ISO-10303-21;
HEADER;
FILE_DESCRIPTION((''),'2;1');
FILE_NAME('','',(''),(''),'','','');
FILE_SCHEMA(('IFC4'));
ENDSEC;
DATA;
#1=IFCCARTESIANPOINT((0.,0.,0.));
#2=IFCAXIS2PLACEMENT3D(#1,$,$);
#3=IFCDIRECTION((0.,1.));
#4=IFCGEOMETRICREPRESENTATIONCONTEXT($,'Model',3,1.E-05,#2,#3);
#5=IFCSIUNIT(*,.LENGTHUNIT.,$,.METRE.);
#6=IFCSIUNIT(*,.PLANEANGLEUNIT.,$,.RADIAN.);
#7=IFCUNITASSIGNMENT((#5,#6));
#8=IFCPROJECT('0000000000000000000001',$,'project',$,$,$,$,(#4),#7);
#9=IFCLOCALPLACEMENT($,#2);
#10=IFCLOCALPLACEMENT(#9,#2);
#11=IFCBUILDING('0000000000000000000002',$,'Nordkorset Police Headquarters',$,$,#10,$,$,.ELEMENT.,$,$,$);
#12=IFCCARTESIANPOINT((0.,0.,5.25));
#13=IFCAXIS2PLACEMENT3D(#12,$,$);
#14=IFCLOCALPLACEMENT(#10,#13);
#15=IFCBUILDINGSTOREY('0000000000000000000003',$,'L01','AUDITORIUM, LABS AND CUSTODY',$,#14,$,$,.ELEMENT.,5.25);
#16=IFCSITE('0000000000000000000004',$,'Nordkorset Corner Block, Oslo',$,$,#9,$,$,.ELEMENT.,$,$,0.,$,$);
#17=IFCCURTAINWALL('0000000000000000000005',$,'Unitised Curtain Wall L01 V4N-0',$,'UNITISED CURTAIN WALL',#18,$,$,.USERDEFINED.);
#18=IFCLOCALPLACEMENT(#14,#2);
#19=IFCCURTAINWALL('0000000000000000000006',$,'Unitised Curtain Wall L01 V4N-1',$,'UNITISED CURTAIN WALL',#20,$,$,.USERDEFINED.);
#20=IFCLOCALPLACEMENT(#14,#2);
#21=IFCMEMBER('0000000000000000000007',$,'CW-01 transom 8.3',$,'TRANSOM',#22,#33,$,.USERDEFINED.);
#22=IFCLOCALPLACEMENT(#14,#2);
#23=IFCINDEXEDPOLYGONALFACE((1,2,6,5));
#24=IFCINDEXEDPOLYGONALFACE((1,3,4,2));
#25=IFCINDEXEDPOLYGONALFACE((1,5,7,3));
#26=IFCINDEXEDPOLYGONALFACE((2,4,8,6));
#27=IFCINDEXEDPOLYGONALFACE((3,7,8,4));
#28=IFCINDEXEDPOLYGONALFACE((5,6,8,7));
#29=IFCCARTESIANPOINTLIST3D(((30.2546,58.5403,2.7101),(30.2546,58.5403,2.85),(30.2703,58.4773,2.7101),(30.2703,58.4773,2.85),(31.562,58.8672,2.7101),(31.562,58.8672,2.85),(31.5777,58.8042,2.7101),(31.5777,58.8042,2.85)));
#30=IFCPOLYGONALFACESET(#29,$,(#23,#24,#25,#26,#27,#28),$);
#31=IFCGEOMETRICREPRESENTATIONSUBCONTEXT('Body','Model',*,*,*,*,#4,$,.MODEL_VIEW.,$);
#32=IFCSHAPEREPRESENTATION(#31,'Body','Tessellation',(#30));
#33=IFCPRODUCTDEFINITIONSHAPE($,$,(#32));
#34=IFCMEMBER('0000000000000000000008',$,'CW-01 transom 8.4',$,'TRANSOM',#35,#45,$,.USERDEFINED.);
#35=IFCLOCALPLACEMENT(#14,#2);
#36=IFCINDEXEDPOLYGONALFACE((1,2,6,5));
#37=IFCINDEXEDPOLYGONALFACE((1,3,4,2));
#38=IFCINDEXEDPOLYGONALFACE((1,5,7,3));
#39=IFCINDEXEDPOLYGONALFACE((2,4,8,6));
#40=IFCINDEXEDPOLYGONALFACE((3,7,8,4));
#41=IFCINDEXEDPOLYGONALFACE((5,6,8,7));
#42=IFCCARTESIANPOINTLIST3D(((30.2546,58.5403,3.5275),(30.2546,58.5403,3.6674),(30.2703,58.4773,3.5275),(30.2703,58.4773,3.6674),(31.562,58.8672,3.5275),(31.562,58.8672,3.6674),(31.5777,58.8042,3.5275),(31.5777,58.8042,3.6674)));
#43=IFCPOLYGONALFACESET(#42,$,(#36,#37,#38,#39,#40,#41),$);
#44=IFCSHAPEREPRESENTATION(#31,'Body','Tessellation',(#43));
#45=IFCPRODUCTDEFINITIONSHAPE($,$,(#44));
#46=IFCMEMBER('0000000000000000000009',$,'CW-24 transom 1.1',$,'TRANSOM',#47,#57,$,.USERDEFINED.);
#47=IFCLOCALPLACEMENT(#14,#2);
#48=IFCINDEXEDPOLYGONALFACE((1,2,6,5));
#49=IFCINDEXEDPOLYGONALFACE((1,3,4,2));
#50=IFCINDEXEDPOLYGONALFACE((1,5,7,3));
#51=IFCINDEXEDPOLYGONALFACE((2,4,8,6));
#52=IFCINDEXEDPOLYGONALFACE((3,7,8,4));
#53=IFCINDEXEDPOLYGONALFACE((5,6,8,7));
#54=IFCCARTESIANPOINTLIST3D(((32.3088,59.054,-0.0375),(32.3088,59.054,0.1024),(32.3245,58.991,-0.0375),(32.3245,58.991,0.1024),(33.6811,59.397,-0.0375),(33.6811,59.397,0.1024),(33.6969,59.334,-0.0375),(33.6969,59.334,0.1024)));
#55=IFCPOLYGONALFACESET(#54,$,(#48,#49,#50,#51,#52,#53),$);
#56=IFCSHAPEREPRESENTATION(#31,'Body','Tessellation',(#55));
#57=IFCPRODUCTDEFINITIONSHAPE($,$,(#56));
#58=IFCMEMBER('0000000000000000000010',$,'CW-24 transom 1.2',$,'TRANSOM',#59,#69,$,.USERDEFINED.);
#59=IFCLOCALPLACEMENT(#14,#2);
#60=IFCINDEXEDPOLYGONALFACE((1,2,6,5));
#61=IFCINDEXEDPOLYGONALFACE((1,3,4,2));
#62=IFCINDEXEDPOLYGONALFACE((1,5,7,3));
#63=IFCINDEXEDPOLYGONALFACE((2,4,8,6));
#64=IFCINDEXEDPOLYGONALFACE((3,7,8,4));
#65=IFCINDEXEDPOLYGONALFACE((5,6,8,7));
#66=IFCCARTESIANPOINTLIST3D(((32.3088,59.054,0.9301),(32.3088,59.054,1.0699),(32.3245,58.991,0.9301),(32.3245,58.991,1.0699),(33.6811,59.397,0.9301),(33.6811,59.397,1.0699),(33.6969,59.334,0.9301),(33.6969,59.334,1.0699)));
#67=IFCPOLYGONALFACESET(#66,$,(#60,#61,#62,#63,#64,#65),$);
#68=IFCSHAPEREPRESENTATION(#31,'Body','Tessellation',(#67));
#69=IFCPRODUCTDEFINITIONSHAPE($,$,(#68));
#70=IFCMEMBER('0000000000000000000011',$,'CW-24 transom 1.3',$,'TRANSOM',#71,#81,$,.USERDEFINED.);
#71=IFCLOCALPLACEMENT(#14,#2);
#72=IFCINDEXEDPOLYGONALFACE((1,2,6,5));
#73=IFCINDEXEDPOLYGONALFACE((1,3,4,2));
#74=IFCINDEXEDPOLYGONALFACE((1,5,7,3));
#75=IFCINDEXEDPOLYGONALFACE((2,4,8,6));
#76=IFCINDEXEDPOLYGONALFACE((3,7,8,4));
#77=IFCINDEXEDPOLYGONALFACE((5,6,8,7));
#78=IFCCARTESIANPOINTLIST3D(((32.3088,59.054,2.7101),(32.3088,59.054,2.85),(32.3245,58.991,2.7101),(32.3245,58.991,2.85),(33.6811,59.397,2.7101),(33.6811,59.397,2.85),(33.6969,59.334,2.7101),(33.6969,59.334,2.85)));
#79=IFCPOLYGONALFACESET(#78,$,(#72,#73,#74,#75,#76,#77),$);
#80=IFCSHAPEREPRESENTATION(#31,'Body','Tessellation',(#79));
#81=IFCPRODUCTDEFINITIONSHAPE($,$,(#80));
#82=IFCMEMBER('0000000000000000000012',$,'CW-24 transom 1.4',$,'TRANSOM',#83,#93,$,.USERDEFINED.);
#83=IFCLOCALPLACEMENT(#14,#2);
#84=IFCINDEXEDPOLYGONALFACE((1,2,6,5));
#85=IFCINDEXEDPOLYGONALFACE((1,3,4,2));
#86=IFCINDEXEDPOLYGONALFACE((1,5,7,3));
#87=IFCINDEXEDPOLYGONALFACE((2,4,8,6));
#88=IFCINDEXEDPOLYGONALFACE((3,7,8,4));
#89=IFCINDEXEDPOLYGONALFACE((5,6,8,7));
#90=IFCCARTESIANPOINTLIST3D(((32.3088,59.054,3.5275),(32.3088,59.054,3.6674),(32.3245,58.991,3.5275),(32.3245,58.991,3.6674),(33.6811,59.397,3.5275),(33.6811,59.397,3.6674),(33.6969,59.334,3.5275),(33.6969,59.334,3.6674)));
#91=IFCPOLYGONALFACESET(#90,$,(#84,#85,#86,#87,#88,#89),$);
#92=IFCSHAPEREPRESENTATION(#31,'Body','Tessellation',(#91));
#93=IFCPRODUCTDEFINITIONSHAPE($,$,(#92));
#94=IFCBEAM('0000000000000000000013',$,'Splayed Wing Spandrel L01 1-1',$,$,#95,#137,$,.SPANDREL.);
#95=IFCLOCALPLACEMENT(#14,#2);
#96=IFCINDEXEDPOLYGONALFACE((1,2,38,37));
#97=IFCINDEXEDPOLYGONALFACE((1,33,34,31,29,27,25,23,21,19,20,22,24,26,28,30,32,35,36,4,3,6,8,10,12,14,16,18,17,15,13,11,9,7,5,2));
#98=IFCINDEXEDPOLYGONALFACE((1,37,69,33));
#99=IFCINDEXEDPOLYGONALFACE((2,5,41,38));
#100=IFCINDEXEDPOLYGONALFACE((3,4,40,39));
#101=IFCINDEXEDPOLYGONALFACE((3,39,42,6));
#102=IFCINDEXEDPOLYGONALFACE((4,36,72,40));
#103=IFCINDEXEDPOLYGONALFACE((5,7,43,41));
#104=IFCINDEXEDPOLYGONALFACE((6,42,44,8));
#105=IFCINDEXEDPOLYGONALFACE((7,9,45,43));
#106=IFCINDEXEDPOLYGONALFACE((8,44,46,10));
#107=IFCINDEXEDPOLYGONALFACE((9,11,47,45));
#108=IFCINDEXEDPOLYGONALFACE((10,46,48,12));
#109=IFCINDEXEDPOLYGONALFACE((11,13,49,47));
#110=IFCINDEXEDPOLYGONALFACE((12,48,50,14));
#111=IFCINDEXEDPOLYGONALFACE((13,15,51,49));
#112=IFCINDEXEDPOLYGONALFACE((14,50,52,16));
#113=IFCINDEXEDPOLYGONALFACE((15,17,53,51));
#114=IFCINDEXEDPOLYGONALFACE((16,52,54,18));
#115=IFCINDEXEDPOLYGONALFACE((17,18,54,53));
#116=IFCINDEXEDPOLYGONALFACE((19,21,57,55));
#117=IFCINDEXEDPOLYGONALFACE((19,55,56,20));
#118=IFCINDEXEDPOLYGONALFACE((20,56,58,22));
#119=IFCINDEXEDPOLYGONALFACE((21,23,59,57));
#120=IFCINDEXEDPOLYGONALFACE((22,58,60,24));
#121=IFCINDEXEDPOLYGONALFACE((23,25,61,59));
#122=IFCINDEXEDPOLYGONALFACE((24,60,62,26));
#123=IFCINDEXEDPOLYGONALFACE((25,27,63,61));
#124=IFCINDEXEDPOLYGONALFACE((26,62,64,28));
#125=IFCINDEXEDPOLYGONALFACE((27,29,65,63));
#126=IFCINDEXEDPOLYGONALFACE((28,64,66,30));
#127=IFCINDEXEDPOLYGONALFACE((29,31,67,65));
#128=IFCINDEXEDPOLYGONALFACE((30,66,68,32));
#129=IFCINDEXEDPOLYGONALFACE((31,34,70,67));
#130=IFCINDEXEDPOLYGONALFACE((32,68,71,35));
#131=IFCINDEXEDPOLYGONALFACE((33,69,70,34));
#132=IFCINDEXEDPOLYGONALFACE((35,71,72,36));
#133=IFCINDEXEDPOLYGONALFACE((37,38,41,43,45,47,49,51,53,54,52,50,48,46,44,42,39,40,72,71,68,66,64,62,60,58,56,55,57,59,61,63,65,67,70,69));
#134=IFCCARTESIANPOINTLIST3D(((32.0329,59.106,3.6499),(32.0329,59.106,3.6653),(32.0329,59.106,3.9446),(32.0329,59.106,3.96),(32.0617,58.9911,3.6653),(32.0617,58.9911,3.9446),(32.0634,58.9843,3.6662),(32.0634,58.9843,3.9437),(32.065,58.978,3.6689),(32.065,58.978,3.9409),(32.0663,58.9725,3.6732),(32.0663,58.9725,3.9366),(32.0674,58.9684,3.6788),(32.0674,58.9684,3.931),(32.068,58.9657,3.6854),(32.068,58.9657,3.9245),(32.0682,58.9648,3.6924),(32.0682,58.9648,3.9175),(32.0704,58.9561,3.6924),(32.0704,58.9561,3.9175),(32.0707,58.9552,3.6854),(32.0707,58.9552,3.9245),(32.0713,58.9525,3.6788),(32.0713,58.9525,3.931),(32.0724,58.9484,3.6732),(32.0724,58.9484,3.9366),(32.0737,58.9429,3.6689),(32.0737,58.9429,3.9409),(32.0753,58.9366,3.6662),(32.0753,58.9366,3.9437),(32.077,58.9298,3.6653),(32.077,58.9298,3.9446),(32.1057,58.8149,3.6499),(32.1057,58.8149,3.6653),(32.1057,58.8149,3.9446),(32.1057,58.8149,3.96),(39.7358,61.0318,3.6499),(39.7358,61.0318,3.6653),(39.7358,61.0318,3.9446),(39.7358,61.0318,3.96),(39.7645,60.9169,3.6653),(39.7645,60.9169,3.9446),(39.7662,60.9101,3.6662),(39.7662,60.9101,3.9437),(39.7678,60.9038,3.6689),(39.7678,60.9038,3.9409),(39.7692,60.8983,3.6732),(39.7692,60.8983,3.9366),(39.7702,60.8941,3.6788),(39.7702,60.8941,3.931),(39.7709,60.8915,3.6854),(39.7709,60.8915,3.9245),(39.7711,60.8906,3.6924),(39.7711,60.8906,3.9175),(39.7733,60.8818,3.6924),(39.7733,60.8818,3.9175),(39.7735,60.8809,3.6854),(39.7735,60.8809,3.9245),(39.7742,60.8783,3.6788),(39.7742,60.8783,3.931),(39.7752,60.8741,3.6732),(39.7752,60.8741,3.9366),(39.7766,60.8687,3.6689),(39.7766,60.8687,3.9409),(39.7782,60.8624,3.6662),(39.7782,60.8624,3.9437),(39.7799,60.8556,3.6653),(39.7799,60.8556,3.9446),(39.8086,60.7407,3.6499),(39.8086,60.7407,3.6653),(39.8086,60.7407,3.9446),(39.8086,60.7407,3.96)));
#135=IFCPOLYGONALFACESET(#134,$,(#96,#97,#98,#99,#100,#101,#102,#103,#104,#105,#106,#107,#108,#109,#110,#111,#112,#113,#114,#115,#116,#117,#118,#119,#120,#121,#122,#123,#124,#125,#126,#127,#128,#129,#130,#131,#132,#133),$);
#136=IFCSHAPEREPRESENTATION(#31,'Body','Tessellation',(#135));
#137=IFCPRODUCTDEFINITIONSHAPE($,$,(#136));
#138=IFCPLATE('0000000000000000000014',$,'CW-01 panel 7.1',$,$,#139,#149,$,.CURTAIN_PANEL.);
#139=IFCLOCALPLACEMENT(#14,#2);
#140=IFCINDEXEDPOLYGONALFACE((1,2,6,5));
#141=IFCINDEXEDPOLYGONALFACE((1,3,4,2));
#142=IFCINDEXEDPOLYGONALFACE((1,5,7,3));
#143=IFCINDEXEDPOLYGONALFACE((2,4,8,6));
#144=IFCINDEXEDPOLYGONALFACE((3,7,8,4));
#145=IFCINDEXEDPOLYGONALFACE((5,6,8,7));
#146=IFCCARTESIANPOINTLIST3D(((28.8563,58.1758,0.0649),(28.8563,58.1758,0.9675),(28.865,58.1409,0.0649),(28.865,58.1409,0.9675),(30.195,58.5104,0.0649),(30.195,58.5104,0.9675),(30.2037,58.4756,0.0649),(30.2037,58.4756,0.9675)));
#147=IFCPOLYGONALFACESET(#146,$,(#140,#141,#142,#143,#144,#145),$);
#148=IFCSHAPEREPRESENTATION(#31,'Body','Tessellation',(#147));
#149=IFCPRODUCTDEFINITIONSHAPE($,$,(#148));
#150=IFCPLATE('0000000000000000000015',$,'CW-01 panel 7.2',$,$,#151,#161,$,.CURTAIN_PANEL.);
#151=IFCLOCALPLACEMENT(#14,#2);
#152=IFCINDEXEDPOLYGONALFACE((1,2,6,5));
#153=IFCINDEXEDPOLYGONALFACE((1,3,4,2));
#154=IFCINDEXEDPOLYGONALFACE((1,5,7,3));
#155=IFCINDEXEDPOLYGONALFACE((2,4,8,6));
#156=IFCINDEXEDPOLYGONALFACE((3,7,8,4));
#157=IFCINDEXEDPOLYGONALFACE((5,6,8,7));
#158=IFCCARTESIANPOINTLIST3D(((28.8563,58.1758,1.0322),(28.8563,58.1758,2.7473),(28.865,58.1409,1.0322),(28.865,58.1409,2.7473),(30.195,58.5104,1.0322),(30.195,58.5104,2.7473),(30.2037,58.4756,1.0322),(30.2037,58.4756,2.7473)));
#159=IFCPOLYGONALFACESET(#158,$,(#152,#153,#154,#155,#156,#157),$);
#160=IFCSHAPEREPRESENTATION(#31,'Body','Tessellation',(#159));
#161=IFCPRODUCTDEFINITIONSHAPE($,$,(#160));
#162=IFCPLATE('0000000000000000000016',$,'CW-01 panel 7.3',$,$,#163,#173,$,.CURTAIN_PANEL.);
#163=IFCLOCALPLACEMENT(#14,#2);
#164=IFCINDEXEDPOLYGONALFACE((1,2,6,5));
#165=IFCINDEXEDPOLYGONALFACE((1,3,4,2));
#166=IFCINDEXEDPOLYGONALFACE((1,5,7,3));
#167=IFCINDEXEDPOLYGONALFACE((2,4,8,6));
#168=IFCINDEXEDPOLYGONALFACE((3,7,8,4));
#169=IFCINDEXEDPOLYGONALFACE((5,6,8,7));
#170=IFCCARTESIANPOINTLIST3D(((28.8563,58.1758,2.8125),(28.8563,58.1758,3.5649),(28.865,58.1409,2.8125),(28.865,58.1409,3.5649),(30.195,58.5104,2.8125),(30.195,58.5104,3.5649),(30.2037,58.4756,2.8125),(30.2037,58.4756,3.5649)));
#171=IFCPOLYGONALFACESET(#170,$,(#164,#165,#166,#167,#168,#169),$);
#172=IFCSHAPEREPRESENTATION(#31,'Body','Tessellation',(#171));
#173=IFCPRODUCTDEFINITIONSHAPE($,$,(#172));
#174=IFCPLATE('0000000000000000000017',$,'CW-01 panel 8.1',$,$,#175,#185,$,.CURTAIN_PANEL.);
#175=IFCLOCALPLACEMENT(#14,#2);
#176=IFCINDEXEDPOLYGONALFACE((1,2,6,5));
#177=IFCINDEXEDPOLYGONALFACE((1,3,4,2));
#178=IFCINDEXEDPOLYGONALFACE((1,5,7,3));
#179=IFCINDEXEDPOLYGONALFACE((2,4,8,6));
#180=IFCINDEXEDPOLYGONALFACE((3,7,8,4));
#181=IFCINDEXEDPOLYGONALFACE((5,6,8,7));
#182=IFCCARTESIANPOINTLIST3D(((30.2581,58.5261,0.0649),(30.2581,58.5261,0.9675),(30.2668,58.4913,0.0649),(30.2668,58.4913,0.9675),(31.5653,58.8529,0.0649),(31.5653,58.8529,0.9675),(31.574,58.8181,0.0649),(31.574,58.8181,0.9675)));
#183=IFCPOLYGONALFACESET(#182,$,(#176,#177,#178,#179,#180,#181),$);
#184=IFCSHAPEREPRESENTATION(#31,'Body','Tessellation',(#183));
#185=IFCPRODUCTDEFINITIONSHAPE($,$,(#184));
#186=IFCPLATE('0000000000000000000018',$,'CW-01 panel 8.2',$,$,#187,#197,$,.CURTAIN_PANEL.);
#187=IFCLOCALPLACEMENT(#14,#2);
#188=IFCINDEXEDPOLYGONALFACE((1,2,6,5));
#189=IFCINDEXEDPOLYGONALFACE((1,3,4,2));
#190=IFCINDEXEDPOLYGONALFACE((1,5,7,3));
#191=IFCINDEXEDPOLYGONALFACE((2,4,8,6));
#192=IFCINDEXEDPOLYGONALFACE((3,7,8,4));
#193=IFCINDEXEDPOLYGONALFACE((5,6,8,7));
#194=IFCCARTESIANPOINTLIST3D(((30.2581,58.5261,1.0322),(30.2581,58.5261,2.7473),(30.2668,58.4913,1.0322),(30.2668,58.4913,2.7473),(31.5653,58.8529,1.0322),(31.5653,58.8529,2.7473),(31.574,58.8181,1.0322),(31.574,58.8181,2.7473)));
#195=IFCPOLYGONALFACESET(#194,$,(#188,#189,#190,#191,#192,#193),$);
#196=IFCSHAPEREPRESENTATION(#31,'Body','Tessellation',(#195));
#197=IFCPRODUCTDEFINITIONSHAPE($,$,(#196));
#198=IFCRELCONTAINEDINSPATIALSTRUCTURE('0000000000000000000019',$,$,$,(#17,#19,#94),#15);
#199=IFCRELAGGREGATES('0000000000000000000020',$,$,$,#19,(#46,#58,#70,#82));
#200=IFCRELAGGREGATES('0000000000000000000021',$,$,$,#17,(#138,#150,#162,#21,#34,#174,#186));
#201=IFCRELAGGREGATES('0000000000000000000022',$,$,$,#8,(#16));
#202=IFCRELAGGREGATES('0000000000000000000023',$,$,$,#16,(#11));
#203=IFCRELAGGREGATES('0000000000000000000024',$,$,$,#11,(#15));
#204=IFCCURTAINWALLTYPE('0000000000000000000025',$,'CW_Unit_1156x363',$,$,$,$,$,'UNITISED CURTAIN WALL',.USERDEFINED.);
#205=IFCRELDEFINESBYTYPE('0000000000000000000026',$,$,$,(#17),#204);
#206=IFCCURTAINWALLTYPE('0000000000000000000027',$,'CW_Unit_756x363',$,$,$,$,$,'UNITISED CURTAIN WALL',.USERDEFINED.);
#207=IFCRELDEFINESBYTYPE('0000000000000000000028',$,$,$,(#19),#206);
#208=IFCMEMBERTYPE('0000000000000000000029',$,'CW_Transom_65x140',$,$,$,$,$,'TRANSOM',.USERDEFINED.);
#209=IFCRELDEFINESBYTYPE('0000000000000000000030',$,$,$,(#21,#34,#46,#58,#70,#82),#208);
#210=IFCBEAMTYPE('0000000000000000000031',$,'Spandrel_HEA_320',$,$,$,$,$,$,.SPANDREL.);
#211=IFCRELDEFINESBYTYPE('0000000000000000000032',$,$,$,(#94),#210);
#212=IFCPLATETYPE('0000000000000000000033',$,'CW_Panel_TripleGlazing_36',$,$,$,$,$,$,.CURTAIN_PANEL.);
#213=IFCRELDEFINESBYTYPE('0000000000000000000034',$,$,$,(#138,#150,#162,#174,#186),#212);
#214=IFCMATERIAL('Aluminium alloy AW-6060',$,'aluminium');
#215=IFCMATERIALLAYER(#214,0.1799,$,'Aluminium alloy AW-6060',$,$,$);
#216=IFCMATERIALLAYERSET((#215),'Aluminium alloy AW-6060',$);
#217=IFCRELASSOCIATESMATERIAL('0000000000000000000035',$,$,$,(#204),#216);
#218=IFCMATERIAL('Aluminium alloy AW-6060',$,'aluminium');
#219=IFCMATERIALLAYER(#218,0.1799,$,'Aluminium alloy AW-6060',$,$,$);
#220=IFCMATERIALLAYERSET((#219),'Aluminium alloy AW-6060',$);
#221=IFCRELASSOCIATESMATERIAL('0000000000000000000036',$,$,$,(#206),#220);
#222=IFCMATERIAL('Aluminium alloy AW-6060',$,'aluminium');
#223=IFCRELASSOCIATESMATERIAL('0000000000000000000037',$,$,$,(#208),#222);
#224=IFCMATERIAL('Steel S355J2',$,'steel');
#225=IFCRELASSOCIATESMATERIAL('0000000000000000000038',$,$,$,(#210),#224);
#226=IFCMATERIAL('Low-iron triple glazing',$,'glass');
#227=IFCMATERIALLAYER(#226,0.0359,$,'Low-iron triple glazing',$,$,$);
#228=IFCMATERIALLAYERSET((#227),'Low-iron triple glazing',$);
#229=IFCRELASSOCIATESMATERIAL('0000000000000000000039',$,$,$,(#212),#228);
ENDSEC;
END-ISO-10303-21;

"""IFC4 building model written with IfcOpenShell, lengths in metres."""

from ifc_helpers import new_model, si_unit, direction, frame, origin, origin_2d, place, context, subcontext, project, spatial, rectangle, i_section, extrude, material, layer, layer_set, material_profile, profile_set, type_object, element, aggregate, save


model = new_model("IFC4")

# Units and contexts
model_context = context("Model", 3, precision=1e-05, world=origin(), true_north=direction((0.0, 1.0)))
body_context = subcontext(model_context, "Body", "Model", "MODEL_VIEW")
ifc_project = project(units=[si_unit("LENGTHUNIT", "METRE"), si_unit("PLANEANGLEUNIT", "RADIAN")], contexts=[model_context])

# Site, building, storey
site_placement = place(None, origin())
site = spatial("IfcSite", under=ifc_project, at=site_placement, Name="Nordkorset Corner Block, Oslo", CompositionType="ELEMENT", RefElevation=0.0)
building_placement = place(site_placement, origin())
building = spatial("IfcBuilding", under=site, at=building_placement, Name="Nordkorset Police Headquarters", CompositionType="ELEMENT")
storey_placement = place(building_placement, frame((0.0, 0.0, 5.25)))
storey = spatial("IfcBuildingStorey", under=building, at=storey_placement, Name="L01", Description="AUDITORIUM, LABS AND CUSTODY", CompositionType="ELEMENT", Elevation=5.25)

# Curtain wall
ifc_material_1 = material(Name="Aluminium alloy AW-6060", Category="aluminium")
ifc_layer_1 = layer(ifc_material_1, 0.1799, Name="Aluminium alloy AW-6060")
ifc_layer_set_1 = layer_set([ifc_layer_1], Name="Aluminium alloy AW-6060")
curtain_wall_type_1 = type_object("IfcCurtainWallType", Name="CW_Unit_1156x363", ElementType="UNITISED CURTAIN WALL", PredefinedType="USERDEFINED", material=ifc_layer_set_1)
curtain_wall_1_placement = place(storey_placement, origin())
curtain_wall_1 = element("IfcCurtainWall", 1, at=curtain_wall_1_placement, inside=storey, type_object=curtain_wall_type_1, Name="Unitised Curtain Wall L01 V4N-0", ObjectType="UNITISED CURTAIN WALL", PredefinedType="USERDEFINED")

# Curtain wall
ifc_material_2 = material(Name="Aluminium alloy AW-6060", Category="aluminium")
ifc_layer_2 = layer(ifc_material_2, 0.1799, Name="Aluminium alloy AW-6060")
ifc_layer_set_2 = layer_set([ifc_layer_2], Name="Aluminium alloy AW-6060")
curtain_wall_type_2 = type_object("IfcCurtainWallType", Name="CW_Unit_756x363", ElementType="UNITISED CURTAIN WALL", PredefinedType="USERDEFINED", material=ifc_layer_set_2)
curtain_wall_2_placement = place(storey_placement, origin())
curtain_wall_2 = element("IfcCurtainWall", 2, at=curtain_wall_2_placement, inside=storey, type_object=curtain_wall_type_2, Name="Unitised Curtain Wall L01 V4N-1", ObjectType="UNITISED CURTAIN WALL", PredefinedType="USERDEFINED")

# Members
ifc_material_3 = material(Name="Aluminium alloy AW-6060", Category="aluminium")
ifc_material_profile_1 = material_profile(ifc_material_3, rectangle(XDim=0.0649, YDim=0.1399, at=origin_2d()), Name="ALU TRAN 65x140")
ifc_profile_set_1 = profile_set([ifc_material_profile_1], Name="Aluminium alloy AW-6060")
member_type_1 = type_object("IfcMemberType", Name="CW_Transom_65x140", ElementType="TRANSOM", PredefinedType="USERDEFINED", material=ifc_profile_set_1)
member_1_placement = place(storey_placement, frame((30.2625, 58.5088, 2.78), z_axis=(0.970132, 0.242578, 0.0), x_axis=(-0.242578, 0.970132, 0.0)))
member_1 = element("IfcMember", 3, at=member_1_placement, type_object=member_type_1, Name="CW-01 transom 8.3", ObjectType="TRANSOM", PredefinedType="USERDEFINED", context=body_context, shape_type="SweptSolid", body=[
    extrude(rectangle(XDim=0.0649, YDim=0.1399, at=origin_2d()), origin(), (0.0, 0.0, 1.0), 1.3477),
])
member_2_placement = place(storey_placement, frame((30.2625, 58.5088, 3.5974), z_axis=(0.970132, 0.242578, 0.0), x_axis=(-0.242578, 0.970132, 0.0)))
member_2 = element("IfcMember", 4, at=member_2_placement, type_object=member_type_1, Name="CW-01 transom 8.4", ObjectType="TRANSOM", PredefinedType="USERDEFINED", context=body_context, shape_type="SweptSolid", body=[
    extrude(rectangle(XDim=0.0649, YDim=0.1399, at=origin_2d()), origin(), (0.0, 0.0, 1.0), 1.3477),
])
member_3_placement = place(storey_placement, frame((32.3167, 59.0225, 0.0325), z_axis=(0.970153, 0.242495, 0.0), x_axis=(-0.242495, 0.970153, 0.0)))
member_3 = element("IfcMember", 5, at=member_3_placement, type_object=member_type_1, Name="CW-24 transom 1.1", ObjectType="TRANSOM", PredefinedType="USERDEFINED", context=body_context, shape_type="SweptSolid", body=[
    extrude(rectangle(XDim=0.0649, YDim=0.1399, at=origin_2d()), origin(), (0.0, 0.0, 1.0), 1.4146),
])
member_4_placement = place(storey_placement, frame((32.3167, 59.0225, 1.0), z_axis=(0.970153, 0.242495, 0.0), x_axis=(-0.242495, 0.970153, 0.0)))
member_4 = element("IfcMember", 6, at=member_4_placement, type_object=member_type_1, Name="CW-24 transom 1.2", ObjectType="TRANSOM", PredefinedType="USERDEFINED", context=body_context, shape_type="SweptSolid", body=[
    extrude(rectangle(XDim=0.0649, YDim=0.1399, at=origin_2d()), origin(), (0.0, 0.0, 1.0), 1.4146),
])
member_5_placement = place(storey_placement, frame((32.3167, 59.0225, 2.78), z_axis=(0.970153, 0.242495, 0.0), x_axis=(-0.242495, 0.970153, 0.0)))
member_5 = element("IfcMember", 7, at=member_5_placement, type_object=member_type_1, Name="CW-24 transom 1.3", ObjectType="TRANSOM", PredefinedType="USERDEFINED", context=body_context, shape_type="SweptSolid", body=[
    extrude(rectangle(XDim=0.0649, YDim=0.1399, at=origin_2d()), origin(), (0.0, 0.0, 1.0), 1.4146),
])
member_6_placement = place(storey_placement, frame((32.3167, 59.0225, 3.5974), z_axis=(0.970153, 0.242495, 0.0), x_axis=(-0.242495, 0.970153, 0.0)))
member_6 = element("IfcMember", 8, at=member_6_placement, type_object=member_type_1, Name="CW-24 transom 1.4", ObjectType="TRANSOM", PredefinedType="USERDEFINED", context=body_context, shape_type="SweptSolid", body=[
    extrude(rectangle(XDim=0.0649, YDim=0.1399, at=origin_2d()), origin(), (0.0, 0.0, 1.0), 1.4146),
])
aggregate(curtain_wall_2, [member_3, member_4, member_5, member_6])

# Beam
ifc_material_4 = material(Name="Steel S355J2", Category="steel")
ifc_material_profile_2 = material_profile(ifc_material_4, i_section(OverallWidth=0.3, OverallDepth=0.3101, WebThickness=0.009, FlangeThickness=0.0154, FilletRadius=0.0271, at=origin_2d()), Name="HEA 320")
ifc_profile_set_2 = profile_set([ifc_material_profile_2], Name="Steel S355J2")
beam_type = type_object("IfcBeamType", Name="Spandrel_HEA_320", PredefinedType="SPANDREL", material=ifc_profile_set_2)
beam_placement = place(storey_placement, frame((32.0693, 58.9604, 3.8049), z_axis=(0.970141, 0.242543, 0.0), x_axis=(-0.242543, 0.970141, 0.0)))
element("IfcBeam", 9, at=beam_placement, inside=storey, type_object=beam_type, Name="Splayed Wing Spandrel L01 1-1", PredefinedType="SPANDREL", context=body_context, shape_type="SweptSolid", body=[
    extrude(i_section(OverallWidth=0.3, OverallDepth=0.3101, WebThickness=0.009, FlangeThickness=0.0154, FilletRadius=0.0271, at=origin_2d()), origin(), (0.0, 0.0, 1.0), 7.9399),
])

# Plates
ifc_material_5 = material(Name="Low-iron triple glazing", Category="glass")
ifc_layer_3 = layer(ifc_material_5, 0.0359, Name="Low-iron triple glazing")
ifc_layer_set_3 = layer_set([ifc_layer_3], Name="Low-iron triple glazing")
plate_type = type_object("IfcPlateType", Name="CW_Panel_TripleGlazing_36", PredefinedType="CURTAIN_PANEL", material=ifc_layer_set_3)
plate_1_placement = place(storey_placement, frame((29.53, 58.3257, 0.0649), z_axis=(0.0, 0.0, 1.0), x_axis=(0.970142, 0.242536, 0.0)))
plate_1 = element("IfcPlate", 10, at=plate_1_placement, type_object=plate_type, Name="CW-01 panel 7.1", PredefinedType="CURTAIN_PANEL", context=body_context, shape_type="SweptSolid", body=[
    extrude(rectangle(XDim=1.3799, YDim=0.0359, at=origin_2d()), origin(), (0.0, 0.0, 1.0), 0.9026),
])
plate_2_placement = place(storey_placement, frame((29.53, 58.3257, 1.0322), z_axis=(0.0, 0.0, 1.0), x_axis=(0.970142, 0.242536, 0.0)))
plate_2 = element("IfcPlate", 11, at=plate_2_placement, type_object=plate_type, Name="CW-01 panel 7.2", PredefinedType="CURTAIN_PANEL", context=body_context, shape_type="SweptSolid", body=[
    extrude(rectangle(XDim=1.3799, YDim=0.0359, at=origin_2d()), origin(), (0.0, 0.0, 1.0), 1.7151),
])
plate_3_placement = place(storey_placement, frame((29.53, 58.3257, 2.8125), z_axis=(0.0, 0.0, 1.0), x_axis=(0.970142, 0.242536, 0.0)))
plate_3 = element("IfcPlate", 12, at=plate_3_placement, type_object=plate_type, Name="CW-01 panel 7.3", PredefinedType="CURTAIN_PANEL", context=body_context, shape_type="SweptSolid", body=[
    extrude(rectangle(XDim=1.3799, YDim=0.0359, at=origin_2d()), origin(), (0.0, 0.0, 1.0), 0.7524),
])
plate_4_placement = place(storey_placement, frame((30.916, 58.6721, 0.0649), z_axis=(0.0, 0.0, 1.0), x_axis=(0.970142, 0.242536, 0.0)))
plate_4 = element("IfcPlate", 13, at=plate_4_placement, type_object=plate_type, Name="CW-01 panel 8.1", PredefinedType="CURTAIN_PANEL", context=body_context, shape_type="SweptSolid", body=[
    extrude(rectangle(XDim=1.3474, YDim=0.0359, at=origin_2d()), origin(), (0.0, 0.0, 1.0), 0.9026),
])
plate_5_placement = place(storey_placement, frame((30.916, 58.6721, 1.0322), z_axis=(0.0, 0.0, 1.0), x_axis=(0.970142, 0.242536, 0.0)))
plate_5 = element("IfcPlate", 14, at=plate_5_placement, type_object=plate_type, Name="CW-01 panel 8.2", PredefinedType="CURTAIN_PANEL", context=body_context, shape_type="SweptSolid", body=[
    extrude(rectangle(XDim=1.3474, YDim=0.0359, at=origin_2d()), origin(), (0.0, 0.0, 1.0), 1.7151),
])
aggregate(curtain_wall_1, [plate_1, plate_2, plate_3, member_1, member_2, plate_4, plate_5])

save(model, "model.ifc")
